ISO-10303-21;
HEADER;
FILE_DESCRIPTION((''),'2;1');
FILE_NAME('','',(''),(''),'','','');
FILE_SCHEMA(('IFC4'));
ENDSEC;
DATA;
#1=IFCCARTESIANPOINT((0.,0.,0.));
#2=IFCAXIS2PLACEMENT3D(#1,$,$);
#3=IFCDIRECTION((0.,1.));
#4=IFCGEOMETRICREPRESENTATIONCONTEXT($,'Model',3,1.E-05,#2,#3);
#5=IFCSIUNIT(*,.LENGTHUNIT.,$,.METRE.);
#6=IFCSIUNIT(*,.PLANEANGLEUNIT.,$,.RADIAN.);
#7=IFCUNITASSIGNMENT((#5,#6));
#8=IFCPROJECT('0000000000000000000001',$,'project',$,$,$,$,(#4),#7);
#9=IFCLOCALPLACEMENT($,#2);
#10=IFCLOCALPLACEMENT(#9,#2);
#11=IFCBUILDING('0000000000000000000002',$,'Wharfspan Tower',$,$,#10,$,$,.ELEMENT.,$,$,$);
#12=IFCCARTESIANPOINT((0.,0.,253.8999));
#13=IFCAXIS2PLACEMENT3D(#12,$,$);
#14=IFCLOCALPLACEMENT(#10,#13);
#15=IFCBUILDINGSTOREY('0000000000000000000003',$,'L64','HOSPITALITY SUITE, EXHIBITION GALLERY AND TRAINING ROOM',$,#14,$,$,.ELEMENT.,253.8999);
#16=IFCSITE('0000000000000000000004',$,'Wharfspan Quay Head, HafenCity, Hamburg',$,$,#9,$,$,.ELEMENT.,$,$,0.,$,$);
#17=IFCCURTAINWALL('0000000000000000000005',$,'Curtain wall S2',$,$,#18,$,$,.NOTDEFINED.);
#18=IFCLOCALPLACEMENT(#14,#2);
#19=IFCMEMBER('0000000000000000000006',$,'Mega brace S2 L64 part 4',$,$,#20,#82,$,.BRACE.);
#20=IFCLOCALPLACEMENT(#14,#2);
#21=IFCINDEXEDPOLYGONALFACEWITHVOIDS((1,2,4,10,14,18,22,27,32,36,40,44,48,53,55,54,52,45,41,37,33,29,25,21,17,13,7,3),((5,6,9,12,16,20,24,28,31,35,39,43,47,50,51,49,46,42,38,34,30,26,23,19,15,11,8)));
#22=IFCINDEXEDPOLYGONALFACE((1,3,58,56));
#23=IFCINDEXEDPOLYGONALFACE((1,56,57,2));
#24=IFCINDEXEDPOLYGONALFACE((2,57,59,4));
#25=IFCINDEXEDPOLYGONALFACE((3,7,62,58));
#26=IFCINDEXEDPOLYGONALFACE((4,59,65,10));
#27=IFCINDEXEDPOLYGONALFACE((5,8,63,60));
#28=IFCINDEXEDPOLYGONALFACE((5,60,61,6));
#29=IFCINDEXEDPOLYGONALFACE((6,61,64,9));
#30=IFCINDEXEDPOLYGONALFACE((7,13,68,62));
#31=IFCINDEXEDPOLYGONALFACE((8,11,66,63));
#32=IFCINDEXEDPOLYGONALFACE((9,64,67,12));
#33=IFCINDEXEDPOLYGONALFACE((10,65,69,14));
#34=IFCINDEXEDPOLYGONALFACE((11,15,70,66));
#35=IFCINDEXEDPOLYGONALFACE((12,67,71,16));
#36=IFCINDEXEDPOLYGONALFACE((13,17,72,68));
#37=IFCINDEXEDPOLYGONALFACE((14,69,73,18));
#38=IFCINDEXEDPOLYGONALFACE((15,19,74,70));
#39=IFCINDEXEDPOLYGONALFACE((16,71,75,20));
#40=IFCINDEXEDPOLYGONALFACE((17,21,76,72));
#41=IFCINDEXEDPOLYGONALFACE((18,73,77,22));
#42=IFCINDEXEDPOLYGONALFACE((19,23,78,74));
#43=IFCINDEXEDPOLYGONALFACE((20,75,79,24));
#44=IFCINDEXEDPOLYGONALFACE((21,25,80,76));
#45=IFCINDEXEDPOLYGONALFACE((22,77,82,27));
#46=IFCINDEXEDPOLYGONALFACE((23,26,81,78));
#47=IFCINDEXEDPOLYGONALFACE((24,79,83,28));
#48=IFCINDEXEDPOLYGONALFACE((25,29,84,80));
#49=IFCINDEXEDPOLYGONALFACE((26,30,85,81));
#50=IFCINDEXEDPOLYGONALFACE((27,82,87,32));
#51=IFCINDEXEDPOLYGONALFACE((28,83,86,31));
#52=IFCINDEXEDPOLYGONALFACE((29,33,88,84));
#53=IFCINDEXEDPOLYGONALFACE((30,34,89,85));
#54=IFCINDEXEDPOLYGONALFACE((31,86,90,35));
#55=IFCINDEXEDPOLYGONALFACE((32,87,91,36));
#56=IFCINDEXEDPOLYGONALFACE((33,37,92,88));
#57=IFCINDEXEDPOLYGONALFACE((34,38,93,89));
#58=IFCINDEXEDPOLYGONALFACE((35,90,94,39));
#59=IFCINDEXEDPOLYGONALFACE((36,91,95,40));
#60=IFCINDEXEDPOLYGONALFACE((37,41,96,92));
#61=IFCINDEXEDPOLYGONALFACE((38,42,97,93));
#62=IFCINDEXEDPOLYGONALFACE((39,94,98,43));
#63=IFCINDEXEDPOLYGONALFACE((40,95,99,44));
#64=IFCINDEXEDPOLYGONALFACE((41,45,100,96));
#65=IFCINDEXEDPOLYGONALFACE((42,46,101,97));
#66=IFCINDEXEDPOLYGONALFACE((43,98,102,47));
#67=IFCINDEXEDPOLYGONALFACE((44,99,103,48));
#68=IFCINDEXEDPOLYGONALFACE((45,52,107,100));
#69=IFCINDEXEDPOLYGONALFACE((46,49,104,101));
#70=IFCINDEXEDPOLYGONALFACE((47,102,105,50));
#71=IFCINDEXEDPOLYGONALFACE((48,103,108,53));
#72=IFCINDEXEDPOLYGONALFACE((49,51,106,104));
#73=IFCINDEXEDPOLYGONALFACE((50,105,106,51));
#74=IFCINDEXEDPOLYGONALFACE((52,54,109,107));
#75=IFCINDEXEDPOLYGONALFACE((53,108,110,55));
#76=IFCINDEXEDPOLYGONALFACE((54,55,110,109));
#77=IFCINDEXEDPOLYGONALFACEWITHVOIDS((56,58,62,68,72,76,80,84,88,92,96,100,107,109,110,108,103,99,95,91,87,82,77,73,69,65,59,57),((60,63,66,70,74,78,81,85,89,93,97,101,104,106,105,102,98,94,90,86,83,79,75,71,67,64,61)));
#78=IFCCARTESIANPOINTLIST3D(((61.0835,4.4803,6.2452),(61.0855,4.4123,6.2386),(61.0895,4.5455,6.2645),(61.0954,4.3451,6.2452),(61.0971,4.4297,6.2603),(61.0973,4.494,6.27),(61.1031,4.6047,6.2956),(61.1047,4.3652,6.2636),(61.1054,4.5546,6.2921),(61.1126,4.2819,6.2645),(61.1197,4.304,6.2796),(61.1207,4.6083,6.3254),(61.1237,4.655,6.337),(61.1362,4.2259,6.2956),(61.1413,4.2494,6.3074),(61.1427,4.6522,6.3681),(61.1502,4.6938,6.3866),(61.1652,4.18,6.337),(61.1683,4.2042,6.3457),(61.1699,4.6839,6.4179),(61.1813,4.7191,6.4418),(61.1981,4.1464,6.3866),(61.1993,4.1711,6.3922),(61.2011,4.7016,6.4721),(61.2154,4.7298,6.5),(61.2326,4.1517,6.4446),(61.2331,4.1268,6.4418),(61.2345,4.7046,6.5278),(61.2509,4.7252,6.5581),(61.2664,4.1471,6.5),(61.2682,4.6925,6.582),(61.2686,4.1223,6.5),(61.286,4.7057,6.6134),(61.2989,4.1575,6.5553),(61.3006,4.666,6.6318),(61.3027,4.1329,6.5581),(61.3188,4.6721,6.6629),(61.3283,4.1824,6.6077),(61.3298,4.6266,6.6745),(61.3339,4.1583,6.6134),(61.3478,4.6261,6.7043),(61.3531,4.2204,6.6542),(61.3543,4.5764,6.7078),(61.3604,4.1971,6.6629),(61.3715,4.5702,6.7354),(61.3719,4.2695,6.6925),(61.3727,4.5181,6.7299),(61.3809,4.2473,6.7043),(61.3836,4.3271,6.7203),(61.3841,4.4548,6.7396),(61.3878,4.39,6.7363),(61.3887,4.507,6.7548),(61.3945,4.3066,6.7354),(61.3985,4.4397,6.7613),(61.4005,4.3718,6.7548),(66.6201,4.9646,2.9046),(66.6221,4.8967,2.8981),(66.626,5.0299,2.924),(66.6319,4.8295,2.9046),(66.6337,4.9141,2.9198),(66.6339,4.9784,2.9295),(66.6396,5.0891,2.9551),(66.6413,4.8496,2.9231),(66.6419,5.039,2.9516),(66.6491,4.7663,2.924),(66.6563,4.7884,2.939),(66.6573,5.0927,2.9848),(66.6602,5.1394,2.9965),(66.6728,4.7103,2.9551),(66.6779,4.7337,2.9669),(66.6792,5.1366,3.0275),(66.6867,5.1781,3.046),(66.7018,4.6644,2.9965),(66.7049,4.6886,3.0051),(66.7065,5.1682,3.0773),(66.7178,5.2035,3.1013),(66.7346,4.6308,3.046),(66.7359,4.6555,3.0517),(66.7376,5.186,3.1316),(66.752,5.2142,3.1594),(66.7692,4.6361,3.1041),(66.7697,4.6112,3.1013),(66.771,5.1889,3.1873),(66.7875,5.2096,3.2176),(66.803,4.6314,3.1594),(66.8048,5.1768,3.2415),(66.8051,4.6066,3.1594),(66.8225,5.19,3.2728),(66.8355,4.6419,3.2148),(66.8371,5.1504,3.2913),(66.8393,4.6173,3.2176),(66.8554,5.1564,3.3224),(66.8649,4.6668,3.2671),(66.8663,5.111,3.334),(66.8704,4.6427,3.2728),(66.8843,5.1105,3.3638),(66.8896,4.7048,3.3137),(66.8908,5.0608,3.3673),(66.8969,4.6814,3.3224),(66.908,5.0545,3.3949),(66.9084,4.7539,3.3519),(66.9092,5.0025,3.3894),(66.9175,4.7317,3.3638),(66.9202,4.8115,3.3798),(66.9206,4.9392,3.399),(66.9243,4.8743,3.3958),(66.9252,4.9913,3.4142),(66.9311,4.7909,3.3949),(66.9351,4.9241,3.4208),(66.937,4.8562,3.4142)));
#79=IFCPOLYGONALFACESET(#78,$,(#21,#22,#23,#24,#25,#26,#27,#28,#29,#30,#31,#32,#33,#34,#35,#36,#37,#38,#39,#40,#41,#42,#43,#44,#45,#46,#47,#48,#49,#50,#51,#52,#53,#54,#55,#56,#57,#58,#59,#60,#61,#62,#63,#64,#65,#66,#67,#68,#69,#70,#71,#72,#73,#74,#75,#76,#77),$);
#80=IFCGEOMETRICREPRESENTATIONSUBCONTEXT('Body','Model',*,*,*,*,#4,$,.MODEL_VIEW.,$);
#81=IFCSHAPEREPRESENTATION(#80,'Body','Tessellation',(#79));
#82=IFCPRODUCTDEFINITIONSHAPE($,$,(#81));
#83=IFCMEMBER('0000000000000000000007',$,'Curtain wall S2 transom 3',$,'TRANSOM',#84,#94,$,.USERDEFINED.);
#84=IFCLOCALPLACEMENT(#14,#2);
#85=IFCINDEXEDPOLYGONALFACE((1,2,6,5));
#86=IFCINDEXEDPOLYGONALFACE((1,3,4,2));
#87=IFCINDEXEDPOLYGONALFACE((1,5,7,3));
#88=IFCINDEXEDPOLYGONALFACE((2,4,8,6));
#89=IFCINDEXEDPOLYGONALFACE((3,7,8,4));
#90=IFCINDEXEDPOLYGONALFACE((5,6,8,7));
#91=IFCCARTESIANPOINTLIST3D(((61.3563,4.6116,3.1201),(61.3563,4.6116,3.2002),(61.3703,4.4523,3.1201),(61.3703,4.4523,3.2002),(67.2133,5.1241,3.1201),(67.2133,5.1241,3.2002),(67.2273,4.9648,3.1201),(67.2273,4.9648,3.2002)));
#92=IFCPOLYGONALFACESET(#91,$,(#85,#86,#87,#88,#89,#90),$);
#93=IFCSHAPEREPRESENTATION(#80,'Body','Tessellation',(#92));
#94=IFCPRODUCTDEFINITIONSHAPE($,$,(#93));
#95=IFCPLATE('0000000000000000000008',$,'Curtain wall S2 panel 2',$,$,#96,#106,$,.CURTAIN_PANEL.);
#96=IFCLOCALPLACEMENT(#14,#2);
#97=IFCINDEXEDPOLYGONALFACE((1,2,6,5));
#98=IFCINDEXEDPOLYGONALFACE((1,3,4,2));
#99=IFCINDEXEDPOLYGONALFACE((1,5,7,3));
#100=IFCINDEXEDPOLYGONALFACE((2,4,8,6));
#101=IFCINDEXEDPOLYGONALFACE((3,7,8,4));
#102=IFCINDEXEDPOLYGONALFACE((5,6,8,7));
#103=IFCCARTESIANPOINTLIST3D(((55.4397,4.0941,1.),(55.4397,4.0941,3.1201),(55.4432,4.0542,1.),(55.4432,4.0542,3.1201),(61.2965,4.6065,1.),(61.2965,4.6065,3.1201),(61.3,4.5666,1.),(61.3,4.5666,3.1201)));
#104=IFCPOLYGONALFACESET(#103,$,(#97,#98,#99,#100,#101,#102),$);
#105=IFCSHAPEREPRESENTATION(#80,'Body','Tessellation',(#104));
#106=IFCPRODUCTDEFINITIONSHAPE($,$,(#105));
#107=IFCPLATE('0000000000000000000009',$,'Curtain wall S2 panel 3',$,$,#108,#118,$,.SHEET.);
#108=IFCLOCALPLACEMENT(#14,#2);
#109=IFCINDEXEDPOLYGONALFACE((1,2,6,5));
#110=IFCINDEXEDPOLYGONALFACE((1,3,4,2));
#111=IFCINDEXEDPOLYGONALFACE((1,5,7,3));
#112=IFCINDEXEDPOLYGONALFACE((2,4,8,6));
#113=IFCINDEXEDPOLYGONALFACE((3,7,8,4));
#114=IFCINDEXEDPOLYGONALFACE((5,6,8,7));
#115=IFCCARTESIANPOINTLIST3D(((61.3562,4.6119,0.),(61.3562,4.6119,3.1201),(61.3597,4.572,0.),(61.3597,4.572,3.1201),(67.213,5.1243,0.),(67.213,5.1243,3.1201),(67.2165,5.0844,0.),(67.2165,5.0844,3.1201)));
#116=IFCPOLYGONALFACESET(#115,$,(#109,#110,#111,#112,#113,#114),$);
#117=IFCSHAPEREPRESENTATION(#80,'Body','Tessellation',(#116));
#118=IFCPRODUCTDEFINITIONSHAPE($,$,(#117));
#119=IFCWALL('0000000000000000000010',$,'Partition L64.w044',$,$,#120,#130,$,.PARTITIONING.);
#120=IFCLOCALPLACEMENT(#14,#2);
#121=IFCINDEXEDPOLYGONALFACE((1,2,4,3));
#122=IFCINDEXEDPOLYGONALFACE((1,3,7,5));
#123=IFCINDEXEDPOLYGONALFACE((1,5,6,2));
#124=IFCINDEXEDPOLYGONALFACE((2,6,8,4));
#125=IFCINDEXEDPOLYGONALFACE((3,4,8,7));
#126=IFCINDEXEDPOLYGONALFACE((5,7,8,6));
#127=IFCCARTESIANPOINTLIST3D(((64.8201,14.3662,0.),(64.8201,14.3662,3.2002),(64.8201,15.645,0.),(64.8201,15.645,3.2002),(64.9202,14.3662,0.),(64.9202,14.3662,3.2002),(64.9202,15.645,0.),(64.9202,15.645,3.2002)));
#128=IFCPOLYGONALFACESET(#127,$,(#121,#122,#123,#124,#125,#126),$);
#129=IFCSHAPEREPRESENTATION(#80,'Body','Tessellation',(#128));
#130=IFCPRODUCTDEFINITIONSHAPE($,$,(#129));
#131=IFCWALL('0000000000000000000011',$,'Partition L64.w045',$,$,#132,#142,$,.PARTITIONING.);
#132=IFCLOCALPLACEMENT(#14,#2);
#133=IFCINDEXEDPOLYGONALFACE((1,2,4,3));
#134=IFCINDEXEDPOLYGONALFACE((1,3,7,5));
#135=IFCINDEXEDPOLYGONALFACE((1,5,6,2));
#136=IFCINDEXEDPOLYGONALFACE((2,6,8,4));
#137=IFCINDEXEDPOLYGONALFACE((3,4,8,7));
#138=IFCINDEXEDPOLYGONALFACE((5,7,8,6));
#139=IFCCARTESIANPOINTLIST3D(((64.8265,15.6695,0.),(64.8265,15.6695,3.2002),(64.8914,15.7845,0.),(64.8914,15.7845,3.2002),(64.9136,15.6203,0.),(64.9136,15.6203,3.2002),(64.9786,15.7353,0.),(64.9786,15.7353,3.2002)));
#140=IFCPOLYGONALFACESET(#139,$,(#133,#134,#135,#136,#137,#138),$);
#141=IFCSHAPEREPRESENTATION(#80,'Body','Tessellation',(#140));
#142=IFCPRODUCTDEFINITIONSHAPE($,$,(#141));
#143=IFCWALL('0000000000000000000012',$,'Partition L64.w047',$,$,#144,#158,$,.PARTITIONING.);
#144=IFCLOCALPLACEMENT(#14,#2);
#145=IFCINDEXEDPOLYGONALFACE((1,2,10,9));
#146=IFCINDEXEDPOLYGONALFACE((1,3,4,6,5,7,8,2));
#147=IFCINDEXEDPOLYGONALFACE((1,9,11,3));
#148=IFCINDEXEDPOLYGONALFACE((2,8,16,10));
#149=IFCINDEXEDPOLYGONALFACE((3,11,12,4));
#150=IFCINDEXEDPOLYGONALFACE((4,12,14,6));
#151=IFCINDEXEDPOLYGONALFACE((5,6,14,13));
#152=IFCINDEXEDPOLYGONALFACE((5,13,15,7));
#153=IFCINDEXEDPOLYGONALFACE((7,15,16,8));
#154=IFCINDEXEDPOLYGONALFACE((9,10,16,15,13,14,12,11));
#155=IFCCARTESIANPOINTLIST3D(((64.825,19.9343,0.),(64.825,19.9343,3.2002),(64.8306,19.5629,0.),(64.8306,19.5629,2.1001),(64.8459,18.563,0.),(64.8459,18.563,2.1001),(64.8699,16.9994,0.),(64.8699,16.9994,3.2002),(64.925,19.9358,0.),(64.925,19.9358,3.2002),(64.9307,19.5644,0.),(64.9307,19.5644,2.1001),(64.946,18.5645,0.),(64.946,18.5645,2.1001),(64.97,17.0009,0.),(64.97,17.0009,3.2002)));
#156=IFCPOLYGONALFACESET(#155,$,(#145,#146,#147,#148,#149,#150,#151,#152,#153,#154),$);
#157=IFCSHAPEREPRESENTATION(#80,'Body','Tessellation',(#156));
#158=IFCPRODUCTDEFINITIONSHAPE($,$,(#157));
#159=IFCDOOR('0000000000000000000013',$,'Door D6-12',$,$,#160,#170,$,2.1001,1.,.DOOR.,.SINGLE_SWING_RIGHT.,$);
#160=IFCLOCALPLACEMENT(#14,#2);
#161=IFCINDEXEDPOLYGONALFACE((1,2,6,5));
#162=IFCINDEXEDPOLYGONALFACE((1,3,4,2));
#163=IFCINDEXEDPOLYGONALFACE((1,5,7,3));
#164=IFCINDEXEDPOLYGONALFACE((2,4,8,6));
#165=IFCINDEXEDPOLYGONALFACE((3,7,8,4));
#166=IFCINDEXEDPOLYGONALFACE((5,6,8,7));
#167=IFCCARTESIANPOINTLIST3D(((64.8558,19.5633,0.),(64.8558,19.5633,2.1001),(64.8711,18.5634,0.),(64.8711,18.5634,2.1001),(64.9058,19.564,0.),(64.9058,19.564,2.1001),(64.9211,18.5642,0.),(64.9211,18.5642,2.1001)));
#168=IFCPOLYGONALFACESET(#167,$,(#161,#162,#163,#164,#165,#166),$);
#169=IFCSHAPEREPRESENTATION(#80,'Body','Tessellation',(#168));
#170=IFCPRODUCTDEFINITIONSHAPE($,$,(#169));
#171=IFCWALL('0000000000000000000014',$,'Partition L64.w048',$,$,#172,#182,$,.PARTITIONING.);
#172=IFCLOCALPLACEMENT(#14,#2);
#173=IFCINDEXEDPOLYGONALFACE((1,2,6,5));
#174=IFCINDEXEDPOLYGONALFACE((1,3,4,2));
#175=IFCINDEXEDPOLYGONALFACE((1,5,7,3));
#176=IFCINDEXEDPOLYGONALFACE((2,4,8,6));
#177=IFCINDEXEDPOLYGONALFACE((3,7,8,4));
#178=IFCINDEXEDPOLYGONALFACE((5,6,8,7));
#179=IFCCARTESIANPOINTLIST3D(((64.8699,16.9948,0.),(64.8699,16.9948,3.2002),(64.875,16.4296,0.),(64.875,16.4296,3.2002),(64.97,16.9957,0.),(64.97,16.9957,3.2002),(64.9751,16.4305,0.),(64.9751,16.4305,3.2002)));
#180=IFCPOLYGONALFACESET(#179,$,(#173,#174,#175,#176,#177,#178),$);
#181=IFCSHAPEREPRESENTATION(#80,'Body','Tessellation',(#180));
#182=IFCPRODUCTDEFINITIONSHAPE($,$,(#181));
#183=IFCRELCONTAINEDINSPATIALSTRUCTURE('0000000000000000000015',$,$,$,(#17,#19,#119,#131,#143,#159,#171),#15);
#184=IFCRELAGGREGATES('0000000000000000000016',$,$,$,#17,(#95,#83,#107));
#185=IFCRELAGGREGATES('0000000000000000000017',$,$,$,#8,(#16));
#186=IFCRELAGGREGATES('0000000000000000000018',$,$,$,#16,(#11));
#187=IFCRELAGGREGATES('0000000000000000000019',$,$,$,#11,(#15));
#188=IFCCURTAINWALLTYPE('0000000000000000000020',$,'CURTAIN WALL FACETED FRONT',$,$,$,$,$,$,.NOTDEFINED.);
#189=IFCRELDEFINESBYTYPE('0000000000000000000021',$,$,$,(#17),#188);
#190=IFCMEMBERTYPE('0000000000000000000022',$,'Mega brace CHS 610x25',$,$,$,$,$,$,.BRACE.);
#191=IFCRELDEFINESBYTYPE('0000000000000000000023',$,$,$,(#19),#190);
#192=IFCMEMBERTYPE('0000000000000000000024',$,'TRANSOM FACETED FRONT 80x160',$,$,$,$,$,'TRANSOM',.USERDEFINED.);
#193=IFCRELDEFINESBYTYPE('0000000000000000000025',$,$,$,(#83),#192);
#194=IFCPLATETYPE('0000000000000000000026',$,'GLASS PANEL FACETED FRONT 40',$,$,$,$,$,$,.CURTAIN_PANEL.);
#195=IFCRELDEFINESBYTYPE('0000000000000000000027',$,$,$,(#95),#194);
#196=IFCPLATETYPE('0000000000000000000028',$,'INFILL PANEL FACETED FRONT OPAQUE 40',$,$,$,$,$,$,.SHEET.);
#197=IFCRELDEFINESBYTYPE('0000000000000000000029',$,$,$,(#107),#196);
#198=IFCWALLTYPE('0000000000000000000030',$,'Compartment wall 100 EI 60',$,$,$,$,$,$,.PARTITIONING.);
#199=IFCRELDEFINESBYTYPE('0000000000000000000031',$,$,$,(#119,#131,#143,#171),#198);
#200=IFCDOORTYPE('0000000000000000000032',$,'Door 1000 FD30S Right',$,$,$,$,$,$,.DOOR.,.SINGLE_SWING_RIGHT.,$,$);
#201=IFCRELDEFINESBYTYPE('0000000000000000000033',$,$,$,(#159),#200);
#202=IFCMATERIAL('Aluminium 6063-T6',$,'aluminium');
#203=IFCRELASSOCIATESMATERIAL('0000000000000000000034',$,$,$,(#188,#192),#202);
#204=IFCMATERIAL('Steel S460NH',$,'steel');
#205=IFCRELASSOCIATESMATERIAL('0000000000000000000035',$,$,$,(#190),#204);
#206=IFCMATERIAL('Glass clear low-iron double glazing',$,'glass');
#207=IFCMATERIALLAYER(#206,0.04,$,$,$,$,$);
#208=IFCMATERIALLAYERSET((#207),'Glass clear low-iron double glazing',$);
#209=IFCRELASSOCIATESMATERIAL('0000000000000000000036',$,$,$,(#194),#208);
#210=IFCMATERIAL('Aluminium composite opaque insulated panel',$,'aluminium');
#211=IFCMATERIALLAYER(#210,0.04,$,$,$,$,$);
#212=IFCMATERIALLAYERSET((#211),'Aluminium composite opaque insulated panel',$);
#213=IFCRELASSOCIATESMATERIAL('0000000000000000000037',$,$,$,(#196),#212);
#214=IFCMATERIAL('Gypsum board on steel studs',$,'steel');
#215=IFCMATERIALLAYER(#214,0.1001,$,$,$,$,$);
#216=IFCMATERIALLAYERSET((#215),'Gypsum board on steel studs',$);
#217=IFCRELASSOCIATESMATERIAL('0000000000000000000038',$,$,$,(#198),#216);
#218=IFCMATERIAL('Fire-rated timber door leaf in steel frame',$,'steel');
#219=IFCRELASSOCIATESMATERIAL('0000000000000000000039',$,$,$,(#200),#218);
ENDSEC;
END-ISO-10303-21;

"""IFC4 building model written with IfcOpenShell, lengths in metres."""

from ifc_helpers import new_model, si_unit, direction, frame, frame_2d, origin, origin_2d, place, context, subcontext, project, spatial, rectangle, hollow_circle, extrude, material, layer, layer_set, material_profile, profile_set, type_object, element, fill, aggregate, save


model = new_model("IFC4")

# Units and contexts
model_context = context("Model", 3, precision=1e-05, world=origin(), true_north=direction((0.0, 1.0)))
body_context = subcontext(model_context, "Body", "Model", "MODEL_VIEW")
ifc_project = project(units=[si_unit("LENGTHUNIT", "METRE"), si_unit("PLANEANGLEUNIT", "RADIAN")], contexts=[model_context])

# Site, building, storey
site_placement = place(None, origin())
site = spatial("IfcSite", under=ifc_project, at=site_placement, Name="Wharfspan Quay Head, HafenCity, Hamburg", CompositionType="ELEMENT", RefElevation=0.0)
building_placement = place(site_placement, origin())
building = spatial("IfcBuilding", under=site, at=building_placement, Name="Wharfspan Tower", CompositionType="ELEMENT")
storey_placement = place(building_placement, frame((0.0, 0.0, 253.8999)))
storey = spatial("IfcBuildingStorey", under=building, at=storey_placement, Name="L64", Description="HOSPITALITY SUITE, EXHIBITION GALLERY AND TRAINING ROOM", CompositionType="ELEMENT", Elevation=253.8999)

# Curtain wall
ifc_material_1 = material(Name="Aluminium 6063-T6", Category="aluminium")
curtain_wall_type = type_object("IfcCurtainWallType", Name="CURTAIN WALL FACETED FRONT", PredefinedType="NOTDEFINED", material=ifc_material_1)
curtain_wall_placement = place(storey_placement, origin())
curtain_wall = element("IfcCurtainWall", 1, at=curtain_wall_placement, inside=storey, type_object=curtain_wall_type, Name="Curtain wall S2", PredefinedType="NOTDEFINED")

# Members
ifc_material_2 = material(Name="Steel S460NH", Category="steel")
ifc_material_profile_1 = material_profile(ifc_material_2, hollow_circle(Radius=0.3049, WallThickness=0.0249, at=origin_2d()))
ifc_profile_set_1 = profile_set([ifc_material_profile_1], Name="Steel S460NH")
member_type_1 = type_object("IfcMemberType", Name="Mega brace CHS 610x25", PredefinedType="BRACE", material=ifc_profile_set_1)
member_1_placement = place(storey_placement, frame((66.7786, 4.9104, 3.1594), z_axis=(-0.853829, -0.074698, 0.515166), x_axis=(0.087155, -0.996197, 0.000003)))
element("IfcMember", 2, at=member_1_placement, inside=storey, type_object=member_type_1, Name="Mega brace S2 L64 part 4", PredefinedType="BRACE", context=body_context, shape_type="SweptSolid", body=[
    extrude(hollow_circle(Radius=0.3049, WallThickness=0.0249, at=origin_2d()), origin(), (0.0, 0.0, 1.0), 6.4844),
])
ifc_material_profile_2 = material_profile(ifc_material_1, rectangle(XDim=0.1599, YDim=0.0801, at=origin_2d()))
ifc_profile_set_2 = profile_set([ifc_material_profile_2], Name="Aluminium 6063-T6")
member_type_2 = type_object("IfcMemberType", Name="TRANSOM FACETED FRONT 80x160", ElementType="TRANSOM", PredefinedType="USERDEFINED", material=ifc_profile_set_2)
member_2_placement = place(storey_placement, frame((61.3633, 4.532, 3.1602), z_axis=(0.996194, 0.087162, 0.0), x_axis=(-0.087162, 0.996194, 0.0)))
member_2 = element("IfcMember", 3, at=member_2_placement, type_object=member_type_2, Name="Curtain wall S2 transom 3", ObjectType="TRANSOM", PredefinedType="USERDEFINED", context=body_context, shape_type="SweptSolid", body=[
    extrude(rectangle(XDim=0.1599, YDim=0.0801, at=origin_2d()), origin(), (0.0, 0.0, 1.0), 5.8794),
])

# Plates
ifc_material_3 = material(Name="Glass clear low-iron double glazing", Category="glass")
ifc_layer_1 = layer(ifc_material_3, 0.04)
ifc_layer_set_1 = layer_set([ifc_layer_1], Name="Glass clear low-iron double glazing")
plate_type_1 = type_object("IfcPlateType", Name="GLASS PANEL FACETED FRONT 40", PredefinedType="CURTAIN_PANEL", material=ifc_layer_set_1)
plate_1_placement = place(storey_placement, frame((58.3699, 4.3303, 1.0), z_axis=(0.0, 0.0, 1.0), x_axis=(0.996197, 0.087156, 0.0)))
plate_1 = element("IfcPlate", 4, at=plate_1_placement, type_object=plate_type_1, Name="Curtain wall S2 panel 2", PredefinedType="CURTAIN_PANEL", context=body_context, shape_type="SweptSolid", body=[
    extrude(rectangle(XDim=5.8792, YDim=0.04, at=origin_2d()), origin(), (0.0, 0.0, 1.0), 2.1201),
])
ifc_material_4 = material(Name="Aluminium composite opaque insulated panel", Category="aluminium")
ifc_layer_2 = layer(ifc_material_4, 0.04)
ifc_layer_set_2 = layer_set([ifc_layer_2], Name="Aluminium composite opaque insulated panel")
plate_type_2 = type_object("IfcPlateType", Name="INFILL PANEL FACETED FRONT OPAQUE 40", PredefinedType="SHEET", material=ifc_layer_set_2)
plate_2_placement = place(storey_placement, frame((64.2864, 4.8481, 0.0), z_axis=(0.0, 0.0, 1.0), x_axis=(0.996197, 0.087156, 0.0)))
plate_2 = element("IfcPlate", 5, at=plate_2_placement, type_object=plate_type_2, Name="Curtain wall S2 panel 3", PredefinedType="SHEET", context=body_context, shape_type="SweptSolid", body=[
    extrude(rectangle(XDim=5.8792, YDim=0.04, at=origin_2d()), origin(), (0.0, 0.0, 1.0), 3.1201),
])
aggregate(curtain_wall, [plate_1, member_2, plate_2])

# Walls
ifc_material_5 = material(Name="Gypsum board on steel studs", Category="steel")
ifc_layer_3 = layer(ifc_material_5, 0.1001)
ifc_layer_set_3 = layer_set([ifc_layer_3], Name="Gypsum board on steel studs")
wall_type_1 = type_object("IfcWallType", Name="Compartment wall 100 EI 60", PredefinedType="PARTITIONING", material=ifc_layer_set_3)
wall_1_placement = place(storey_placement, frame((64.8701, 14.3662, 0.0), z_axis=(0.0, 0.0, 1.0), x_axis=(0.0, 1.0, 0.0)))
element("IfcWall", 6, at=wall_1_placement, inside=storey, type_object=wall_type_1, Name="Partition L64.w044", PredefinedType="PARTITIONING", context=body_context, shape_type="SweptSolid", body=[
    extrude(rectangle(XDim=1.2788, YDim=0.1001, at=frame_2d((0.6394, 0.0))), origin(), (0.0, 0.0, 1.0), 3.2002),
])
wall_2_placement = place(storey_placement, frame((64.8701, 15.645, 0.0), z_axis=(0.0, 0.0, 1.0), x_axis=(0.491751, 0.870732, 0.0)))
element("IfcWall", 7, at=wall_2_placement, inside=storey, type_object=wall_type_1, Name="Partition L64.w045", PredefinedType="PARTITIONING", context=body_context, shape_type="SweptSolid", body=[
    extrude(rectangle(XDim=0.1321, YDim=0.1001, at=frame_2d((0.0659, 0.0))), origin(), (0.0, 0.0, 1.0), 3.2002),
])

# Wall, opening, door
wall_3_placement = place(storey_placement, frame((64.9199, 17.0, 0.0), z_axis=(0.0, 0.0, 1.0), x_axis=(-0.015303, 0.999879, 0.0)))
wall_3 = element("IfcWall", 8, at=wall_3_placement, inside=storey, type_object=wall_type_1, Name="Partition L64.w047", PredefinedType="PARTITIONING", context=body_context, shape_type="SweptSolid", body=[
    extrude(rectangle(XDim=2.9353, YDim=0.1001, at=frame_2d((1.4678, 0.0))), origin(), (0.0, 0.0, 1.0), 3.2002),
])
opening_1_placement = place(wall_3_placement, frame((1.564, 0.0, 0.0)))
opening_1 = element("IfcOpeningElement", 9, at=opening_1_placement, cuts=wall_3, PredefinedType="OPENING", context=body_context, shape_type="SweptSolid", body=[
    extrude(rectangle(XDim=1.0, YDim=2.1001, at=frame_2d((0.5, 1.05))), frame((0.0, 0.0601, 0.0), z_axis=(0.0, -1.0, 0.0), x_axis=(1.0, 0.0, 0.0)), (0.0, 0.0, 1.0), 0.1201),
])
ifc_material_6 = material(Name="Fire-rated timber door leaf in steel frame", Category="steel")
door_type_1 = type_object("IfcDoorType", Name="Door 1000 FD30S Right", OperationType="SINGLE_SWING_RIGHT", PredefinedType="DOOR", material=ifc_material_6)
door_1_placement = place(opening_1_placement, origin())
door_1 = element("IfcDoor", 10, at=door_1_placement, inside=storey, type_object=door_type_1, Name="Door D6-12", OperationType="SINGLE_SWING_RIGHT", OverallHeight=2.1001, OverallWidth=1.0, PredefinedType="DOOR", context=body_context, shape_type="SweptSolid", body=[
    extrude(rectangle(XDim=1.0, YDim=2.1001, at=frame_2d((0.5, 1.05))), frame((0.0, 0.0249, 0.0), z_axis=(0.0, -1.0, 0.0), x_axis=(1.0, 0.0, 0.0)), (0.0, 0.0, 1.0), 0.05),
])
fill(opening_1, door_1)

# Wall
wall_4_placement = place(storey_placement, frame((64.925, 16.4299, 0.0), z_axis=(0.0, 0.0, 1.0), x_axis=(-0.009071, 0.999963, 0.0)))
element("IfcWall", 11, at=wall_4_placement, inside=storey, type_object=wall_type_1, Name="Partition L64.w048", PredefinedType="PARTITIONING", context=body_context, shape_type="SweptSolid", body=[
    extrude(rectangle(XDim=0.5652, YDim=0.1001, at=frame_2d((0.2827, 0.0))), origin(), (0.0, 0.0, 1.0), 3.2002),
])

save(model, "model.ifc")
